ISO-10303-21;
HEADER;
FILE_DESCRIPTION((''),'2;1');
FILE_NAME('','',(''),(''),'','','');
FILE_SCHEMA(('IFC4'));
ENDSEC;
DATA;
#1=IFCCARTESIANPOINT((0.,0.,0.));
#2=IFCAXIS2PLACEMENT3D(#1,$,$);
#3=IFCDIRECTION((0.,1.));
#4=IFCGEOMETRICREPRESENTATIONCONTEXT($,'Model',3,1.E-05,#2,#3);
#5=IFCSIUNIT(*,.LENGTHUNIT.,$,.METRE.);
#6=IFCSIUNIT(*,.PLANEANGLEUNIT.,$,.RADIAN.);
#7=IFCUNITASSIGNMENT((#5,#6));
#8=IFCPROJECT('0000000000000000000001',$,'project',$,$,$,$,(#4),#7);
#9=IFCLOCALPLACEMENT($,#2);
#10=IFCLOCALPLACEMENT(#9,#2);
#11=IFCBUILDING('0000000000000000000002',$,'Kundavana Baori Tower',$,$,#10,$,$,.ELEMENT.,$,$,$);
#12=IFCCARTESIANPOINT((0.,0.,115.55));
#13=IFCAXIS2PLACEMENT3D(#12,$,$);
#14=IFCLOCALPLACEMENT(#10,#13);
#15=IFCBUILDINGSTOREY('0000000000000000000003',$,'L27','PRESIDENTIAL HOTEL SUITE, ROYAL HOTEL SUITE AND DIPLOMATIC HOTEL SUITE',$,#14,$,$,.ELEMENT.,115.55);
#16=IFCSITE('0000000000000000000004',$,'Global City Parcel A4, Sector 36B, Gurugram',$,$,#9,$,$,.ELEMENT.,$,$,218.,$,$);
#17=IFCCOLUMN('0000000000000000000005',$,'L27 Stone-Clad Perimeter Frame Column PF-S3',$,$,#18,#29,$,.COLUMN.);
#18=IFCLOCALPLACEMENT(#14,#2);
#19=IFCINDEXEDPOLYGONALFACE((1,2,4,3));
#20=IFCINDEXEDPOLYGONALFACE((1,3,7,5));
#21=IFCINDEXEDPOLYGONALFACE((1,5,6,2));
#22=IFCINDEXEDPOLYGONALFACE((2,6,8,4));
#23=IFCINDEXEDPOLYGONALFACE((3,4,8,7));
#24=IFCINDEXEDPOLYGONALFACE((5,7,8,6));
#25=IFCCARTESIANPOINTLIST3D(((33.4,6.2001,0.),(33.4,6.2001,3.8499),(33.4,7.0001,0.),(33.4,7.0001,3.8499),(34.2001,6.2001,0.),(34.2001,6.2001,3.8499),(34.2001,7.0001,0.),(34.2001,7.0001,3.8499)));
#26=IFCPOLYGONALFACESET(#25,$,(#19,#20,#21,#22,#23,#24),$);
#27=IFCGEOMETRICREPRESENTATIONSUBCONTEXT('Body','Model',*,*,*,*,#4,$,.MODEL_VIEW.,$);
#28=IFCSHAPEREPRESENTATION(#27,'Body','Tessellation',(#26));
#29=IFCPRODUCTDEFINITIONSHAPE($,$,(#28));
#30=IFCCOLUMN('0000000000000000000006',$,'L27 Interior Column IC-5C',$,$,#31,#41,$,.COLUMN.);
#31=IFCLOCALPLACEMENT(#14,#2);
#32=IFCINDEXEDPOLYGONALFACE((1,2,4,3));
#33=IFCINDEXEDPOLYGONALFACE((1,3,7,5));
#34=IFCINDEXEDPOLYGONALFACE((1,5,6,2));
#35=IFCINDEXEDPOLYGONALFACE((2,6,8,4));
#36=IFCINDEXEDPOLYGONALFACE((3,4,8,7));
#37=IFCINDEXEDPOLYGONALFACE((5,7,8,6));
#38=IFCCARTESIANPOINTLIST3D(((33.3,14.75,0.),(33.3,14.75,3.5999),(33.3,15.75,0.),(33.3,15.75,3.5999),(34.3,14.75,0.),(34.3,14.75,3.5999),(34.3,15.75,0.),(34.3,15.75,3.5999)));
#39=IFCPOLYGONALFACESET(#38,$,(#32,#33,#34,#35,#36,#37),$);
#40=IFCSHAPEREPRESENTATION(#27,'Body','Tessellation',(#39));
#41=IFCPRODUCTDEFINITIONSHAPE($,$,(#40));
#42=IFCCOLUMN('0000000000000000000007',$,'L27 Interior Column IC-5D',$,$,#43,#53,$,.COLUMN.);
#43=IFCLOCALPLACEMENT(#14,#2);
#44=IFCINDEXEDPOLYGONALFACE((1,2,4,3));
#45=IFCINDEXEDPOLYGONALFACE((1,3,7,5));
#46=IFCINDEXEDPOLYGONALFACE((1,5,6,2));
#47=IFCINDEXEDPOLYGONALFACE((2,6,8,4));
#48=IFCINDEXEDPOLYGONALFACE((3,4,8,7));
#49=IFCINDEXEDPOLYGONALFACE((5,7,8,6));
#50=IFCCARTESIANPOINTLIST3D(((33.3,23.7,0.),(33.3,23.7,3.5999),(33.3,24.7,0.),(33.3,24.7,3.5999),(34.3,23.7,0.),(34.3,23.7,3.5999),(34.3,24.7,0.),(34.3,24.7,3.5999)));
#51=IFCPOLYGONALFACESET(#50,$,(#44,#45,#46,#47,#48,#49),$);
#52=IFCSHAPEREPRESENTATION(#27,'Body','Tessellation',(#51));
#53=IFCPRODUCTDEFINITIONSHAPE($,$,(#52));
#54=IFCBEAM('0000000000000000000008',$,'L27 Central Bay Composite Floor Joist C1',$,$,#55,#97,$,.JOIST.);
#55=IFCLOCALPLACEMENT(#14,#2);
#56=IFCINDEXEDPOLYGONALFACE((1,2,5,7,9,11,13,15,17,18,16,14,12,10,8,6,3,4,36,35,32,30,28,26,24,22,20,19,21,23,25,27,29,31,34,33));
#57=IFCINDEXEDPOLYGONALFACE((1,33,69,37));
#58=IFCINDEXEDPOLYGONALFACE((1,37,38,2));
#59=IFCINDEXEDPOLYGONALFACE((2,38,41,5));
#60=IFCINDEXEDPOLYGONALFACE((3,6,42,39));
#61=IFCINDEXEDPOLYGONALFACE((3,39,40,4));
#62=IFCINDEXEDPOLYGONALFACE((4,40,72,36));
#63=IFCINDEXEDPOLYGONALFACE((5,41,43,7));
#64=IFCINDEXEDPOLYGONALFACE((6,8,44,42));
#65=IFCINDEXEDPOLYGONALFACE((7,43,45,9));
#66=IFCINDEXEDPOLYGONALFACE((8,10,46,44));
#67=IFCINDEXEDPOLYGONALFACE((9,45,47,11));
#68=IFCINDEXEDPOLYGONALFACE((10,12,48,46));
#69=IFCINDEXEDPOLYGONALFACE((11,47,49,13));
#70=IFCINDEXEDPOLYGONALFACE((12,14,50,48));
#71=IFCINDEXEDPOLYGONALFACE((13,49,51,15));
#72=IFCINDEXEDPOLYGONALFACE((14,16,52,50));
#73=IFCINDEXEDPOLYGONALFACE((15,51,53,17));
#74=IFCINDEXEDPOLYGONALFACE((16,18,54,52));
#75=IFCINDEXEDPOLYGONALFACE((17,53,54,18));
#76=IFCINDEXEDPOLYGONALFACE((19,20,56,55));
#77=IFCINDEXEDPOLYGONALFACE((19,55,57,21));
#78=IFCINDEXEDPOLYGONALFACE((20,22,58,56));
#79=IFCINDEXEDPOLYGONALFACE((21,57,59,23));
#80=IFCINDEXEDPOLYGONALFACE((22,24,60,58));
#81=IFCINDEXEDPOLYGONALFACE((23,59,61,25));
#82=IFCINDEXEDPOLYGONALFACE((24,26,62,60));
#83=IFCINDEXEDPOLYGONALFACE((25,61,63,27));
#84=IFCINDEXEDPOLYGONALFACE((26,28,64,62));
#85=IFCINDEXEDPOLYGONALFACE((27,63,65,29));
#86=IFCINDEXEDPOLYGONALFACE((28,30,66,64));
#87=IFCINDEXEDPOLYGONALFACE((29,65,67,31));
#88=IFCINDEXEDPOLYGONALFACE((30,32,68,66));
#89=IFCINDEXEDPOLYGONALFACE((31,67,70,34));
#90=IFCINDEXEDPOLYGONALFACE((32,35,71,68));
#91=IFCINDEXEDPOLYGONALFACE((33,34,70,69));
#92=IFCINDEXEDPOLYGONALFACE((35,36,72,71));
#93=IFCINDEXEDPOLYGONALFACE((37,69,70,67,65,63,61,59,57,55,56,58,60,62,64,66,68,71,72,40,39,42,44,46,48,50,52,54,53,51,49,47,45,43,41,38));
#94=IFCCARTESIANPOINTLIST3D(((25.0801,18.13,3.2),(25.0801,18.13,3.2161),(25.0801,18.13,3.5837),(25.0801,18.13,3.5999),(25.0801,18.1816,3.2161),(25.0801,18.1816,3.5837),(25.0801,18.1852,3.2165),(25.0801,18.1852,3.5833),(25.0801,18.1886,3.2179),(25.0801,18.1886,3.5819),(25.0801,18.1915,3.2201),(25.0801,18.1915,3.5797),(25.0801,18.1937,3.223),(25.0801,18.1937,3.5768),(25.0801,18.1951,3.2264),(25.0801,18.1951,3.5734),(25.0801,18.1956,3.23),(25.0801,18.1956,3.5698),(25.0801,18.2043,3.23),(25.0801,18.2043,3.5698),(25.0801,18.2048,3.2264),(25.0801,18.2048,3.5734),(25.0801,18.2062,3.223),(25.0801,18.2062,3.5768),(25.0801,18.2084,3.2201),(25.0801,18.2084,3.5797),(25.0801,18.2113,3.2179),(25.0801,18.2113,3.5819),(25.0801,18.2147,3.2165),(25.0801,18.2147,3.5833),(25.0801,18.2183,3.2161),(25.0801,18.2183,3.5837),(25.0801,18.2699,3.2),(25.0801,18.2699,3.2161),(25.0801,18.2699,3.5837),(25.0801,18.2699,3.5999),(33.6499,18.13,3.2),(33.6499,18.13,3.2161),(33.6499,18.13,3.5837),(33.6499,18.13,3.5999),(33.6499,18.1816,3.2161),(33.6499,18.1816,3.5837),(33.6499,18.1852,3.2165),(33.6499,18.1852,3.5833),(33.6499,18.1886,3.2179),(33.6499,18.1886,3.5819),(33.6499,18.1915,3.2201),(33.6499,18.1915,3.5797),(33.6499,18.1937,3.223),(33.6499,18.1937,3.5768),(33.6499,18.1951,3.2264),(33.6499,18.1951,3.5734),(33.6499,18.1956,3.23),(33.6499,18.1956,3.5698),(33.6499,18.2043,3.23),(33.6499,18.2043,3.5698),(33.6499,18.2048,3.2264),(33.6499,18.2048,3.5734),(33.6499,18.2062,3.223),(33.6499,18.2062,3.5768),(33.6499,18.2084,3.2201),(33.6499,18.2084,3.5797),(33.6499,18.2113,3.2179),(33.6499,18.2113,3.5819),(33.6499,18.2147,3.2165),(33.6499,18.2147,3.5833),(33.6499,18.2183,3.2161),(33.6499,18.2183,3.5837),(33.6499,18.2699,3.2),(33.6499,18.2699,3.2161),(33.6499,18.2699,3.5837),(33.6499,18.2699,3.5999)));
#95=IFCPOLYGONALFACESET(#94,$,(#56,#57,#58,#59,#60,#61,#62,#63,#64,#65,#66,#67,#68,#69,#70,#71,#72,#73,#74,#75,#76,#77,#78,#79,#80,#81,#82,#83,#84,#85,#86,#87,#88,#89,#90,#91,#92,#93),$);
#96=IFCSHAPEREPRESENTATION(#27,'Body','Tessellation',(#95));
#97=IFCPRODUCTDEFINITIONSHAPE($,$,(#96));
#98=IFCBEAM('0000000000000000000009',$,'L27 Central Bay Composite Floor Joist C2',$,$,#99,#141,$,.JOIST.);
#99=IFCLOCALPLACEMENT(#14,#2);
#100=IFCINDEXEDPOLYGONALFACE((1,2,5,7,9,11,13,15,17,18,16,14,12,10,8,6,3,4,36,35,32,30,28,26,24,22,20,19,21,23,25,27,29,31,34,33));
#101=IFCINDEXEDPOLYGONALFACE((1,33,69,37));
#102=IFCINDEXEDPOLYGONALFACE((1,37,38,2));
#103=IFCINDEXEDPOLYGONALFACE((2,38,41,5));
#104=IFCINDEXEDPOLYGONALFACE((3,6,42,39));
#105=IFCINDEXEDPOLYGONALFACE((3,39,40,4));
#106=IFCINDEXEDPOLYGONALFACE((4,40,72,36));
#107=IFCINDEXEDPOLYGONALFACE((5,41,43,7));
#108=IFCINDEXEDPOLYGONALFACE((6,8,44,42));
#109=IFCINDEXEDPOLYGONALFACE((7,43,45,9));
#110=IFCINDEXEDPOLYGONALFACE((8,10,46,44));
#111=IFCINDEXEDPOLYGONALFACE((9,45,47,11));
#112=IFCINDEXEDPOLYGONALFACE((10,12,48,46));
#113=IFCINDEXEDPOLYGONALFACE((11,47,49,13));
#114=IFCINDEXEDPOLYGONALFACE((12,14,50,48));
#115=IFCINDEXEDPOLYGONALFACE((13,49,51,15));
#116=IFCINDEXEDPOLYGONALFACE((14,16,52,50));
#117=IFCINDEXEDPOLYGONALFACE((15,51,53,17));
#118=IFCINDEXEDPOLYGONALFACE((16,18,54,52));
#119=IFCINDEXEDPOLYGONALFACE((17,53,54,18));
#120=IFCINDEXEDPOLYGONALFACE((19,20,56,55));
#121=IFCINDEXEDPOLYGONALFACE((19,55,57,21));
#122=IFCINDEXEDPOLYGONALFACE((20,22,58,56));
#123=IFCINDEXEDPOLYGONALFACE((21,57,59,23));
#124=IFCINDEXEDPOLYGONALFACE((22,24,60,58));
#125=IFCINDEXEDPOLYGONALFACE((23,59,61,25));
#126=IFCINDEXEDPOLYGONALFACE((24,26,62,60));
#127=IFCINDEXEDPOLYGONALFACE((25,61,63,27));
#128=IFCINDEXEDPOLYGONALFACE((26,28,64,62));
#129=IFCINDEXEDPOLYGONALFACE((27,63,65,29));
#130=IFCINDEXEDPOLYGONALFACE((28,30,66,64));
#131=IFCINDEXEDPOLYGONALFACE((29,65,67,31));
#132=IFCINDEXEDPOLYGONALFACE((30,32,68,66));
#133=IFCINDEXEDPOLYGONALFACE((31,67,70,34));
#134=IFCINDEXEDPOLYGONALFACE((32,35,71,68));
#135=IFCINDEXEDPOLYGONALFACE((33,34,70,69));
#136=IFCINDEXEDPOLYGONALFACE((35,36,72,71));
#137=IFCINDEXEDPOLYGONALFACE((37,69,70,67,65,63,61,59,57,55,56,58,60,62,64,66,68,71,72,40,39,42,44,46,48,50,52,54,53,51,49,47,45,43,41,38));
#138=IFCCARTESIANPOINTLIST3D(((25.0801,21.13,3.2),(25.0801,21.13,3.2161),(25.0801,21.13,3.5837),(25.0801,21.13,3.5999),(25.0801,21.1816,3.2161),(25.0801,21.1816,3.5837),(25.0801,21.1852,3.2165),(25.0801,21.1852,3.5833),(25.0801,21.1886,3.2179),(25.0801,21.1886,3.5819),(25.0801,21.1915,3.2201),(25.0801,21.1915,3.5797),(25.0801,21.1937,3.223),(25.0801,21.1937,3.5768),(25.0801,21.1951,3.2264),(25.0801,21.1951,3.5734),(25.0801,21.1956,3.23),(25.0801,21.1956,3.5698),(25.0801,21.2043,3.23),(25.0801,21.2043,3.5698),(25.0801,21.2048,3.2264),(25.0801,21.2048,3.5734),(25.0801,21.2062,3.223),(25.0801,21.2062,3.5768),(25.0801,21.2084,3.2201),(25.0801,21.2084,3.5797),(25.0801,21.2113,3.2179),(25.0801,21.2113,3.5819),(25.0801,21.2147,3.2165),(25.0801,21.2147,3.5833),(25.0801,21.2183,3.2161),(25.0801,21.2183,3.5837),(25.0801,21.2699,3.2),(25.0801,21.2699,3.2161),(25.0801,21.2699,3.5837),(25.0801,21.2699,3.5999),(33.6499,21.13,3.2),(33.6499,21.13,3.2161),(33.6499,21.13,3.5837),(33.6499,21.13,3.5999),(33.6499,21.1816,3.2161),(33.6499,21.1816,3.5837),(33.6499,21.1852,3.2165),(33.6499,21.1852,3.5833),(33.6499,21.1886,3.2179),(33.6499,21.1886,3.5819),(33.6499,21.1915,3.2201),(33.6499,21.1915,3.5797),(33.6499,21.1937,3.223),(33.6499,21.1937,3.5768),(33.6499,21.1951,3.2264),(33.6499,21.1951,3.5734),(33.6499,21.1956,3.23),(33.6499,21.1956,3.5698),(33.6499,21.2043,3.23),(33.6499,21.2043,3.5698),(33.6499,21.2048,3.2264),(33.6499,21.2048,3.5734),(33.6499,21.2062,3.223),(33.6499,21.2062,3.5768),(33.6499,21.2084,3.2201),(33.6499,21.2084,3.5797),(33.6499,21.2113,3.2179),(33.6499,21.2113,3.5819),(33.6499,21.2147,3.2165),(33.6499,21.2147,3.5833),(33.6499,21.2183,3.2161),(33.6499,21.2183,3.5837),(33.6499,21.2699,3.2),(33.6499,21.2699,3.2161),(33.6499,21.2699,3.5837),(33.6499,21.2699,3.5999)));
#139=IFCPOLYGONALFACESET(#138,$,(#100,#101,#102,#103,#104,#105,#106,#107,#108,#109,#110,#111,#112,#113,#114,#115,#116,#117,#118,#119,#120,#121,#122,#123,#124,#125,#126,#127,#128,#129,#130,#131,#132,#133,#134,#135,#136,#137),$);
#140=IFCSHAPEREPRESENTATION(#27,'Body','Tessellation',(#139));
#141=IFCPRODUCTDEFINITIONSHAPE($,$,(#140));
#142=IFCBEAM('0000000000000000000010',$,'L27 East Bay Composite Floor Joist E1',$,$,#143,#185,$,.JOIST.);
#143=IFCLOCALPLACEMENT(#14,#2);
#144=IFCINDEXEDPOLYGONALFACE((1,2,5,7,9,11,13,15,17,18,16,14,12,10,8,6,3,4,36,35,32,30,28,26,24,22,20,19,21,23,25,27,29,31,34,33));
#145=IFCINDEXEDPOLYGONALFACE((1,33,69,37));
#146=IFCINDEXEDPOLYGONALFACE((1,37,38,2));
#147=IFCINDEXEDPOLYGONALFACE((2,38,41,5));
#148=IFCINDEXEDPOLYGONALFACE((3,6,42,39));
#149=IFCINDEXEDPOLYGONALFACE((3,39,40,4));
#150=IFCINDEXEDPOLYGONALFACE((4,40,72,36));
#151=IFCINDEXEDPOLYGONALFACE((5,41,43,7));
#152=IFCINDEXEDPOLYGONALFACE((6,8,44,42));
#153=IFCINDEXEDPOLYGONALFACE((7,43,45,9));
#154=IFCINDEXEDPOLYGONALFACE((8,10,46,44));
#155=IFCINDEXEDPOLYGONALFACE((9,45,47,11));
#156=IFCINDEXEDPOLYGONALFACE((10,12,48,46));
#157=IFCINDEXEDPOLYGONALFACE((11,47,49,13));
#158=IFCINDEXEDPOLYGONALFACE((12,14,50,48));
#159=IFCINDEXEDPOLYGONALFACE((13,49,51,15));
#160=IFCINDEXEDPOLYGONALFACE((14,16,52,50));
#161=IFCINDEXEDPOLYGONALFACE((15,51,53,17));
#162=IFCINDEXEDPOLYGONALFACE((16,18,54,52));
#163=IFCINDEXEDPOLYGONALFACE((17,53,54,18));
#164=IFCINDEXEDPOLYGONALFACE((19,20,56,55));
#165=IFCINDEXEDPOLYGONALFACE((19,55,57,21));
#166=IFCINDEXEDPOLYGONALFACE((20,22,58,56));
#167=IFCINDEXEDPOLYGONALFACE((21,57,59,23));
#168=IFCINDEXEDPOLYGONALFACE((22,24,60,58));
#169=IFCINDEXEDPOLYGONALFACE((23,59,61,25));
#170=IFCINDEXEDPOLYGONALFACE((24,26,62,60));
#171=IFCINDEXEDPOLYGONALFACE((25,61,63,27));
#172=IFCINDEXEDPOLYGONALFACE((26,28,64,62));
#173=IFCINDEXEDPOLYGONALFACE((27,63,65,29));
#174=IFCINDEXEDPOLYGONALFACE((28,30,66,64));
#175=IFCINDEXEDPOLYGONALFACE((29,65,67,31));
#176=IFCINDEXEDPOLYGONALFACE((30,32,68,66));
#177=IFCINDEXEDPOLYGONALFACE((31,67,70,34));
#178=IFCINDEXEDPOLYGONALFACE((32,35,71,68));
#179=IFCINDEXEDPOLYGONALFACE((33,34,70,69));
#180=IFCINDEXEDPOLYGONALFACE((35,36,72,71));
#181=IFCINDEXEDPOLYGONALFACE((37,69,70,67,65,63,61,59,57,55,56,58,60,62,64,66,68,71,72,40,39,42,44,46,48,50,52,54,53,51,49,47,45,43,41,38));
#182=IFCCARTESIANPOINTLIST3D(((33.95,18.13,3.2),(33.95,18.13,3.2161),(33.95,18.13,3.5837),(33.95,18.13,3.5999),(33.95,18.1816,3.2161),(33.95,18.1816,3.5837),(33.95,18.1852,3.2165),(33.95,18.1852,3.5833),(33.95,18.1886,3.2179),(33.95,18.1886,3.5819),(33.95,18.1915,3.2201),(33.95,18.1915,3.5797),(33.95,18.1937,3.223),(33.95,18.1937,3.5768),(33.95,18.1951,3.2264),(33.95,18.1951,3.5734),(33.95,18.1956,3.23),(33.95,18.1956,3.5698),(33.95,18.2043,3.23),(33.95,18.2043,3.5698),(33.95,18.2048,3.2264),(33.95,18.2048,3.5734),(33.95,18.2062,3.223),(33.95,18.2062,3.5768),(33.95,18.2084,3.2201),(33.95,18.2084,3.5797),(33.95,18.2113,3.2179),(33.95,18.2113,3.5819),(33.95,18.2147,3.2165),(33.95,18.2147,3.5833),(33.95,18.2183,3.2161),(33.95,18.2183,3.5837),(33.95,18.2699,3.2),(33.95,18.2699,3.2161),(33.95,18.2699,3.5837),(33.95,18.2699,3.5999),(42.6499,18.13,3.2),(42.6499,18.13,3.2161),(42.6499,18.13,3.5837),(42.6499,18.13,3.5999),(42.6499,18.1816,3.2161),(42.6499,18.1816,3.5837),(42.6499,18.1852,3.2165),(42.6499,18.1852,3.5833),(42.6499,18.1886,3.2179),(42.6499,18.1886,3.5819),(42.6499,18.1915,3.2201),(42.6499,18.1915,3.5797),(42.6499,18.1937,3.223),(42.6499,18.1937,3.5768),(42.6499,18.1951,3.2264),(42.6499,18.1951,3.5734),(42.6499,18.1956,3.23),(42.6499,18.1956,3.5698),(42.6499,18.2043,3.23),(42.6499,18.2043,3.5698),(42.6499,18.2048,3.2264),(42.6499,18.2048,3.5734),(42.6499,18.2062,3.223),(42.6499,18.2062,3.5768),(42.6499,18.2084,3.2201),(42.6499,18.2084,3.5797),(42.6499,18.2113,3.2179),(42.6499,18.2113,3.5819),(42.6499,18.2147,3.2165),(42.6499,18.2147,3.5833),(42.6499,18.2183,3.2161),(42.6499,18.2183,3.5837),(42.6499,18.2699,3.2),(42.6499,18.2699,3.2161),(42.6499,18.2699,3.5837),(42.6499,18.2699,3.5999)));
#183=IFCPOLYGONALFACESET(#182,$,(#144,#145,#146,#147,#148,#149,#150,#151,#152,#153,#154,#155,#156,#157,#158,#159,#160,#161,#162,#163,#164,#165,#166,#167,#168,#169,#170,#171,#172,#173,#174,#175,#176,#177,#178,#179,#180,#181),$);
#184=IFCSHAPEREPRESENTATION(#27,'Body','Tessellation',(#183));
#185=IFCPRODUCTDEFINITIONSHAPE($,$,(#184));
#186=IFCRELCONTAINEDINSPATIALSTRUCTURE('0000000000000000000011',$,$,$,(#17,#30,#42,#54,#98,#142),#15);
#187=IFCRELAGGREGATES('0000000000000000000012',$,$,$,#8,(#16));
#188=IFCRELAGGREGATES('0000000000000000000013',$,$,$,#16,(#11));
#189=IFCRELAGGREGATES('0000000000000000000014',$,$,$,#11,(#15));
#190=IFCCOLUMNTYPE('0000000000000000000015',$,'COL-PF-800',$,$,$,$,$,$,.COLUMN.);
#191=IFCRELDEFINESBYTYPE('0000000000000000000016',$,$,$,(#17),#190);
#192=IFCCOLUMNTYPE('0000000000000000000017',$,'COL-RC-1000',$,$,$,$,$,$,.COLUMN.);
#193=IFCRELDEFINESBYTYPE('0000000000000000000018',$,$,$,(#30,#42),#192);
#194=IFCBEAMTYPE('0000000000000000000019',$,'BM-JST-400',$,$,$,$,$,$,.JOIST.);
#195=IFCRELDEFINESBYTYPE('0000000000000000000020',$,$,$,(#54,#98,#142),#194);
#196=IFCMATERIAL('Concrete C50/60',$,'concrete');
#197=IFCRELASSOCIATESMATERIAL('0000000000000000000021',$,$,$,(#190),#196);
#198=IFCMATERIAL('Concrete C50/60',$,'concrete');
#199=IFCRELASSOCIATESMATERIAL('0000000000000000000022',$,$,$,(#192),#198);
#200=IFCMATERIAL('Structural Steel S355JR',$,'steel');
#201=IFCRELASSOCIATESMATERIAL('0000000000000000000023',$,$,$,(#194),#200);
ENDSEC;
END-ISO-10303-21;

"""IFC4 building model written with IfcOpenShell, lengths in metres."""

from ifc_helpers import new_model, si_unit, direction, frame, origin, origin_2d, place, context, subcontext, project, spatial, rectangle, i_section, extrude, material, material_profile, profile_set, type_object, element, save


model = new_model("IFC4")

# Units and contexts
model_context = context("Model", 3, precision=1e-05, world=origin(), true_north=direction((0.0, 1.0)))
body_context = subcontext(model_context, "Body", "Model", "MODEL_VIEW")
ifc_project = project(units=[si_unit("LENGTHUNIT", "METRE"), si_unit("PLANEANGLEUNIT", "RADIAN")], contexts=[model_context])

# Site, building, storey
site_placement = place(None, origin())
site = spatial("IfcSite", under=ifc_project, at=site_placement, Name="Global City Parcel A4, Sector 36B, Gurugram", CompositionType="ELEMENT", RefElevation=218.0)
building_placement = place(site_placement, origin())
building = spatial("IfcBuilding", under=site, at=building_placement, Name="Kundavana Baori Tower", CompositionType="ELEMENT")
storey_placement = place(building_placement, frame((0.0, 0.0, 115.55)))
storey = spatial("IfcBuildingStorey", under=building, at=storey_placement, Name="L27", Description="PRESIDENTIAL HOTEL SUITE, ROYAL HOTEL SUITE AND DIPLOMATIC HOTEL SUITE", CompositionType="ELEMENT", Elevation=115.55)

# Columns
ifc_material_1 = material(Name="Concrete C50/60", Category="concrete")
ifc_material_profile_1 = material_profile(ifc_material_1, rectangle(XDim=0.8, YDim=0.8, at=origin_2d()), Name="RC PF 800x800")
ifc_profile_set_1 = profile_set([ifc_material_profile_1], Name="Concrete C50/60")
column_type_1 = type_object("IfcColumnType", Name="COL-PF-800", PredefinedType="COLUMN", material=ifc_profile_set_1)
column_placement = place(storey_placement, frame((33.8, 6.6001, 0.0), z_axis=(0.0, 0.0, 1.0), x_axis=(1.0, 0.0, 0.0)))
element("IfcColumn", 1, at=column_placement, inside=storey, type_object=column_type_1, Name="L27 Stone-Clad Perimeter Frame Column PF-S3", PredefinedType="COLUMN", context=body_context, shape_type="SweptSolid", body=[
    extrude(rectangle(XDim=0.8, YDim=0.8, at=origin_2d()), origin(), (0.0, 0.0, 1.0), 3.8499),
])
ifc_material_2 = material(Name="Concrete C50/60", Category="concrete")
ifc_material_profile_2 = material_profile(ifc_material_2, rectangle(XDim=1.0, YDim=1.0, at=origin_2d()), Name="RC 1000x1000")
ifc_profile_set_2 = profile_set([ifc_material_profile_2], Name="Concrete C50/60")
column_type_2 = type_object("IfcColumnType", Name="COL-RC-1000", PredefinedType="COLUMN", material=ifc_profile_set_2)
for number, where, z_axis, x_axis, name in (
    (2, (33.8, 15.25, 0.0), (0.0, 0.0, 1.0), (1.0, 0.0, 0.0), "L27 Interior Column IC-5C"),
    (3, (33.8, 24.2, 0.0), (0.0, 0.0, 1.0), (1.0, 0.0, 0.0), "L27 Interior Column IC-5D"),
):
    element("IfcColumn", number, at=place(storey_placement, frame(where, z_axis=z_axis, x_axis=x_axis)), inside=storey, type_object=column_type_2, Name=name, PredefinedType="COLUMN", context=body_context, shape_type="SweptSolid", body=[
        extrude(rectangle(XDim=1.0, YDim=1.0, at=origin_2d()), origin(), (0.0, 0.0, 1.0), 3.5999),
    ])

# Beams
ifc_material_3 = material(Name="Structural Steel S355JR", Category="steel")
ifc_material_profile_3 = material_profile(ifc_material_3, i_section(OverallWidth=0.1399, OverallDepth=0.3999, WebThickness=0.0088, FlangeThickness=0.0161, FilletRadius=0.0139, at=origin_2d()), Name="ISMB 400")
ifc_profile_set_3 = profile_set([ifc_material_profile_3], Name="Structural Steel S355JR")
beam_type_1 = type_object("IfcBeamType", Name="BM-JST-400", PredefinedType="JOIST", material=ifc_profile_set_3)
for number, where, z_axis, x_axis, name in (
    (4, (25.0801, 18.2, 3.3999), (1.0, 0.0, 0.0), (0.0, 1.0, 0.0), "L27 Central Bay Composite Floor Joist C1"),
    (5, (25.0801, 21.2, 3.3999), (1.0, 0.0, 0.0), (0.0, 1.0, 0.0), "L27 Central Bay Composite Floor Joist C2"),
):
    element("IfcBeam", number, at=place(storey_placement, frame(where, z_axis=z_axis, x_axis=x_axis)), inside=storey, type_object=beam_type_1, Name=name, PredefinedType="JOIST", context=body_context, shape_type="SweptSolid", body=[
        extrude(i_section(OverallWidth=0.1399, OverallDepth=0.3999, WebThickness=0.0088, FlangeThickness=0.0161, FilletRadius=0.0139, at=origin_2d()), origin(), (0.0, 0.0, 1.0), 8.5698),
    ])
for number, where, z_axis, x_axis, name in (
    (6, (33.95, 18.2, 3.3999), (1.0, 0.0, 0.0), (0.0, 1.0, 0.0), "L27 East Bay Composite Floor Joist E1"),
):
    element("IfcBeam", number, at=place(storey_placement, frame(where, z_axis=z_axis, x_axis=x_axis)), inside=storey, type_object=beam_type_1, Name=name, PredefinedType="JOIST", context=body_context, shape_type="SweptSolid", body=[
        extrude(i_section(OverallWidth=0.1399, OverallDepth=0.3999, WebThickness=0.0088, FlangeThickness=0.0161, FilletRadius=0.0139, at=origin_2d()), origin(), (0.0, 0.0, 1.0), 8.7),
    ])

save(model, "model.ifc")
